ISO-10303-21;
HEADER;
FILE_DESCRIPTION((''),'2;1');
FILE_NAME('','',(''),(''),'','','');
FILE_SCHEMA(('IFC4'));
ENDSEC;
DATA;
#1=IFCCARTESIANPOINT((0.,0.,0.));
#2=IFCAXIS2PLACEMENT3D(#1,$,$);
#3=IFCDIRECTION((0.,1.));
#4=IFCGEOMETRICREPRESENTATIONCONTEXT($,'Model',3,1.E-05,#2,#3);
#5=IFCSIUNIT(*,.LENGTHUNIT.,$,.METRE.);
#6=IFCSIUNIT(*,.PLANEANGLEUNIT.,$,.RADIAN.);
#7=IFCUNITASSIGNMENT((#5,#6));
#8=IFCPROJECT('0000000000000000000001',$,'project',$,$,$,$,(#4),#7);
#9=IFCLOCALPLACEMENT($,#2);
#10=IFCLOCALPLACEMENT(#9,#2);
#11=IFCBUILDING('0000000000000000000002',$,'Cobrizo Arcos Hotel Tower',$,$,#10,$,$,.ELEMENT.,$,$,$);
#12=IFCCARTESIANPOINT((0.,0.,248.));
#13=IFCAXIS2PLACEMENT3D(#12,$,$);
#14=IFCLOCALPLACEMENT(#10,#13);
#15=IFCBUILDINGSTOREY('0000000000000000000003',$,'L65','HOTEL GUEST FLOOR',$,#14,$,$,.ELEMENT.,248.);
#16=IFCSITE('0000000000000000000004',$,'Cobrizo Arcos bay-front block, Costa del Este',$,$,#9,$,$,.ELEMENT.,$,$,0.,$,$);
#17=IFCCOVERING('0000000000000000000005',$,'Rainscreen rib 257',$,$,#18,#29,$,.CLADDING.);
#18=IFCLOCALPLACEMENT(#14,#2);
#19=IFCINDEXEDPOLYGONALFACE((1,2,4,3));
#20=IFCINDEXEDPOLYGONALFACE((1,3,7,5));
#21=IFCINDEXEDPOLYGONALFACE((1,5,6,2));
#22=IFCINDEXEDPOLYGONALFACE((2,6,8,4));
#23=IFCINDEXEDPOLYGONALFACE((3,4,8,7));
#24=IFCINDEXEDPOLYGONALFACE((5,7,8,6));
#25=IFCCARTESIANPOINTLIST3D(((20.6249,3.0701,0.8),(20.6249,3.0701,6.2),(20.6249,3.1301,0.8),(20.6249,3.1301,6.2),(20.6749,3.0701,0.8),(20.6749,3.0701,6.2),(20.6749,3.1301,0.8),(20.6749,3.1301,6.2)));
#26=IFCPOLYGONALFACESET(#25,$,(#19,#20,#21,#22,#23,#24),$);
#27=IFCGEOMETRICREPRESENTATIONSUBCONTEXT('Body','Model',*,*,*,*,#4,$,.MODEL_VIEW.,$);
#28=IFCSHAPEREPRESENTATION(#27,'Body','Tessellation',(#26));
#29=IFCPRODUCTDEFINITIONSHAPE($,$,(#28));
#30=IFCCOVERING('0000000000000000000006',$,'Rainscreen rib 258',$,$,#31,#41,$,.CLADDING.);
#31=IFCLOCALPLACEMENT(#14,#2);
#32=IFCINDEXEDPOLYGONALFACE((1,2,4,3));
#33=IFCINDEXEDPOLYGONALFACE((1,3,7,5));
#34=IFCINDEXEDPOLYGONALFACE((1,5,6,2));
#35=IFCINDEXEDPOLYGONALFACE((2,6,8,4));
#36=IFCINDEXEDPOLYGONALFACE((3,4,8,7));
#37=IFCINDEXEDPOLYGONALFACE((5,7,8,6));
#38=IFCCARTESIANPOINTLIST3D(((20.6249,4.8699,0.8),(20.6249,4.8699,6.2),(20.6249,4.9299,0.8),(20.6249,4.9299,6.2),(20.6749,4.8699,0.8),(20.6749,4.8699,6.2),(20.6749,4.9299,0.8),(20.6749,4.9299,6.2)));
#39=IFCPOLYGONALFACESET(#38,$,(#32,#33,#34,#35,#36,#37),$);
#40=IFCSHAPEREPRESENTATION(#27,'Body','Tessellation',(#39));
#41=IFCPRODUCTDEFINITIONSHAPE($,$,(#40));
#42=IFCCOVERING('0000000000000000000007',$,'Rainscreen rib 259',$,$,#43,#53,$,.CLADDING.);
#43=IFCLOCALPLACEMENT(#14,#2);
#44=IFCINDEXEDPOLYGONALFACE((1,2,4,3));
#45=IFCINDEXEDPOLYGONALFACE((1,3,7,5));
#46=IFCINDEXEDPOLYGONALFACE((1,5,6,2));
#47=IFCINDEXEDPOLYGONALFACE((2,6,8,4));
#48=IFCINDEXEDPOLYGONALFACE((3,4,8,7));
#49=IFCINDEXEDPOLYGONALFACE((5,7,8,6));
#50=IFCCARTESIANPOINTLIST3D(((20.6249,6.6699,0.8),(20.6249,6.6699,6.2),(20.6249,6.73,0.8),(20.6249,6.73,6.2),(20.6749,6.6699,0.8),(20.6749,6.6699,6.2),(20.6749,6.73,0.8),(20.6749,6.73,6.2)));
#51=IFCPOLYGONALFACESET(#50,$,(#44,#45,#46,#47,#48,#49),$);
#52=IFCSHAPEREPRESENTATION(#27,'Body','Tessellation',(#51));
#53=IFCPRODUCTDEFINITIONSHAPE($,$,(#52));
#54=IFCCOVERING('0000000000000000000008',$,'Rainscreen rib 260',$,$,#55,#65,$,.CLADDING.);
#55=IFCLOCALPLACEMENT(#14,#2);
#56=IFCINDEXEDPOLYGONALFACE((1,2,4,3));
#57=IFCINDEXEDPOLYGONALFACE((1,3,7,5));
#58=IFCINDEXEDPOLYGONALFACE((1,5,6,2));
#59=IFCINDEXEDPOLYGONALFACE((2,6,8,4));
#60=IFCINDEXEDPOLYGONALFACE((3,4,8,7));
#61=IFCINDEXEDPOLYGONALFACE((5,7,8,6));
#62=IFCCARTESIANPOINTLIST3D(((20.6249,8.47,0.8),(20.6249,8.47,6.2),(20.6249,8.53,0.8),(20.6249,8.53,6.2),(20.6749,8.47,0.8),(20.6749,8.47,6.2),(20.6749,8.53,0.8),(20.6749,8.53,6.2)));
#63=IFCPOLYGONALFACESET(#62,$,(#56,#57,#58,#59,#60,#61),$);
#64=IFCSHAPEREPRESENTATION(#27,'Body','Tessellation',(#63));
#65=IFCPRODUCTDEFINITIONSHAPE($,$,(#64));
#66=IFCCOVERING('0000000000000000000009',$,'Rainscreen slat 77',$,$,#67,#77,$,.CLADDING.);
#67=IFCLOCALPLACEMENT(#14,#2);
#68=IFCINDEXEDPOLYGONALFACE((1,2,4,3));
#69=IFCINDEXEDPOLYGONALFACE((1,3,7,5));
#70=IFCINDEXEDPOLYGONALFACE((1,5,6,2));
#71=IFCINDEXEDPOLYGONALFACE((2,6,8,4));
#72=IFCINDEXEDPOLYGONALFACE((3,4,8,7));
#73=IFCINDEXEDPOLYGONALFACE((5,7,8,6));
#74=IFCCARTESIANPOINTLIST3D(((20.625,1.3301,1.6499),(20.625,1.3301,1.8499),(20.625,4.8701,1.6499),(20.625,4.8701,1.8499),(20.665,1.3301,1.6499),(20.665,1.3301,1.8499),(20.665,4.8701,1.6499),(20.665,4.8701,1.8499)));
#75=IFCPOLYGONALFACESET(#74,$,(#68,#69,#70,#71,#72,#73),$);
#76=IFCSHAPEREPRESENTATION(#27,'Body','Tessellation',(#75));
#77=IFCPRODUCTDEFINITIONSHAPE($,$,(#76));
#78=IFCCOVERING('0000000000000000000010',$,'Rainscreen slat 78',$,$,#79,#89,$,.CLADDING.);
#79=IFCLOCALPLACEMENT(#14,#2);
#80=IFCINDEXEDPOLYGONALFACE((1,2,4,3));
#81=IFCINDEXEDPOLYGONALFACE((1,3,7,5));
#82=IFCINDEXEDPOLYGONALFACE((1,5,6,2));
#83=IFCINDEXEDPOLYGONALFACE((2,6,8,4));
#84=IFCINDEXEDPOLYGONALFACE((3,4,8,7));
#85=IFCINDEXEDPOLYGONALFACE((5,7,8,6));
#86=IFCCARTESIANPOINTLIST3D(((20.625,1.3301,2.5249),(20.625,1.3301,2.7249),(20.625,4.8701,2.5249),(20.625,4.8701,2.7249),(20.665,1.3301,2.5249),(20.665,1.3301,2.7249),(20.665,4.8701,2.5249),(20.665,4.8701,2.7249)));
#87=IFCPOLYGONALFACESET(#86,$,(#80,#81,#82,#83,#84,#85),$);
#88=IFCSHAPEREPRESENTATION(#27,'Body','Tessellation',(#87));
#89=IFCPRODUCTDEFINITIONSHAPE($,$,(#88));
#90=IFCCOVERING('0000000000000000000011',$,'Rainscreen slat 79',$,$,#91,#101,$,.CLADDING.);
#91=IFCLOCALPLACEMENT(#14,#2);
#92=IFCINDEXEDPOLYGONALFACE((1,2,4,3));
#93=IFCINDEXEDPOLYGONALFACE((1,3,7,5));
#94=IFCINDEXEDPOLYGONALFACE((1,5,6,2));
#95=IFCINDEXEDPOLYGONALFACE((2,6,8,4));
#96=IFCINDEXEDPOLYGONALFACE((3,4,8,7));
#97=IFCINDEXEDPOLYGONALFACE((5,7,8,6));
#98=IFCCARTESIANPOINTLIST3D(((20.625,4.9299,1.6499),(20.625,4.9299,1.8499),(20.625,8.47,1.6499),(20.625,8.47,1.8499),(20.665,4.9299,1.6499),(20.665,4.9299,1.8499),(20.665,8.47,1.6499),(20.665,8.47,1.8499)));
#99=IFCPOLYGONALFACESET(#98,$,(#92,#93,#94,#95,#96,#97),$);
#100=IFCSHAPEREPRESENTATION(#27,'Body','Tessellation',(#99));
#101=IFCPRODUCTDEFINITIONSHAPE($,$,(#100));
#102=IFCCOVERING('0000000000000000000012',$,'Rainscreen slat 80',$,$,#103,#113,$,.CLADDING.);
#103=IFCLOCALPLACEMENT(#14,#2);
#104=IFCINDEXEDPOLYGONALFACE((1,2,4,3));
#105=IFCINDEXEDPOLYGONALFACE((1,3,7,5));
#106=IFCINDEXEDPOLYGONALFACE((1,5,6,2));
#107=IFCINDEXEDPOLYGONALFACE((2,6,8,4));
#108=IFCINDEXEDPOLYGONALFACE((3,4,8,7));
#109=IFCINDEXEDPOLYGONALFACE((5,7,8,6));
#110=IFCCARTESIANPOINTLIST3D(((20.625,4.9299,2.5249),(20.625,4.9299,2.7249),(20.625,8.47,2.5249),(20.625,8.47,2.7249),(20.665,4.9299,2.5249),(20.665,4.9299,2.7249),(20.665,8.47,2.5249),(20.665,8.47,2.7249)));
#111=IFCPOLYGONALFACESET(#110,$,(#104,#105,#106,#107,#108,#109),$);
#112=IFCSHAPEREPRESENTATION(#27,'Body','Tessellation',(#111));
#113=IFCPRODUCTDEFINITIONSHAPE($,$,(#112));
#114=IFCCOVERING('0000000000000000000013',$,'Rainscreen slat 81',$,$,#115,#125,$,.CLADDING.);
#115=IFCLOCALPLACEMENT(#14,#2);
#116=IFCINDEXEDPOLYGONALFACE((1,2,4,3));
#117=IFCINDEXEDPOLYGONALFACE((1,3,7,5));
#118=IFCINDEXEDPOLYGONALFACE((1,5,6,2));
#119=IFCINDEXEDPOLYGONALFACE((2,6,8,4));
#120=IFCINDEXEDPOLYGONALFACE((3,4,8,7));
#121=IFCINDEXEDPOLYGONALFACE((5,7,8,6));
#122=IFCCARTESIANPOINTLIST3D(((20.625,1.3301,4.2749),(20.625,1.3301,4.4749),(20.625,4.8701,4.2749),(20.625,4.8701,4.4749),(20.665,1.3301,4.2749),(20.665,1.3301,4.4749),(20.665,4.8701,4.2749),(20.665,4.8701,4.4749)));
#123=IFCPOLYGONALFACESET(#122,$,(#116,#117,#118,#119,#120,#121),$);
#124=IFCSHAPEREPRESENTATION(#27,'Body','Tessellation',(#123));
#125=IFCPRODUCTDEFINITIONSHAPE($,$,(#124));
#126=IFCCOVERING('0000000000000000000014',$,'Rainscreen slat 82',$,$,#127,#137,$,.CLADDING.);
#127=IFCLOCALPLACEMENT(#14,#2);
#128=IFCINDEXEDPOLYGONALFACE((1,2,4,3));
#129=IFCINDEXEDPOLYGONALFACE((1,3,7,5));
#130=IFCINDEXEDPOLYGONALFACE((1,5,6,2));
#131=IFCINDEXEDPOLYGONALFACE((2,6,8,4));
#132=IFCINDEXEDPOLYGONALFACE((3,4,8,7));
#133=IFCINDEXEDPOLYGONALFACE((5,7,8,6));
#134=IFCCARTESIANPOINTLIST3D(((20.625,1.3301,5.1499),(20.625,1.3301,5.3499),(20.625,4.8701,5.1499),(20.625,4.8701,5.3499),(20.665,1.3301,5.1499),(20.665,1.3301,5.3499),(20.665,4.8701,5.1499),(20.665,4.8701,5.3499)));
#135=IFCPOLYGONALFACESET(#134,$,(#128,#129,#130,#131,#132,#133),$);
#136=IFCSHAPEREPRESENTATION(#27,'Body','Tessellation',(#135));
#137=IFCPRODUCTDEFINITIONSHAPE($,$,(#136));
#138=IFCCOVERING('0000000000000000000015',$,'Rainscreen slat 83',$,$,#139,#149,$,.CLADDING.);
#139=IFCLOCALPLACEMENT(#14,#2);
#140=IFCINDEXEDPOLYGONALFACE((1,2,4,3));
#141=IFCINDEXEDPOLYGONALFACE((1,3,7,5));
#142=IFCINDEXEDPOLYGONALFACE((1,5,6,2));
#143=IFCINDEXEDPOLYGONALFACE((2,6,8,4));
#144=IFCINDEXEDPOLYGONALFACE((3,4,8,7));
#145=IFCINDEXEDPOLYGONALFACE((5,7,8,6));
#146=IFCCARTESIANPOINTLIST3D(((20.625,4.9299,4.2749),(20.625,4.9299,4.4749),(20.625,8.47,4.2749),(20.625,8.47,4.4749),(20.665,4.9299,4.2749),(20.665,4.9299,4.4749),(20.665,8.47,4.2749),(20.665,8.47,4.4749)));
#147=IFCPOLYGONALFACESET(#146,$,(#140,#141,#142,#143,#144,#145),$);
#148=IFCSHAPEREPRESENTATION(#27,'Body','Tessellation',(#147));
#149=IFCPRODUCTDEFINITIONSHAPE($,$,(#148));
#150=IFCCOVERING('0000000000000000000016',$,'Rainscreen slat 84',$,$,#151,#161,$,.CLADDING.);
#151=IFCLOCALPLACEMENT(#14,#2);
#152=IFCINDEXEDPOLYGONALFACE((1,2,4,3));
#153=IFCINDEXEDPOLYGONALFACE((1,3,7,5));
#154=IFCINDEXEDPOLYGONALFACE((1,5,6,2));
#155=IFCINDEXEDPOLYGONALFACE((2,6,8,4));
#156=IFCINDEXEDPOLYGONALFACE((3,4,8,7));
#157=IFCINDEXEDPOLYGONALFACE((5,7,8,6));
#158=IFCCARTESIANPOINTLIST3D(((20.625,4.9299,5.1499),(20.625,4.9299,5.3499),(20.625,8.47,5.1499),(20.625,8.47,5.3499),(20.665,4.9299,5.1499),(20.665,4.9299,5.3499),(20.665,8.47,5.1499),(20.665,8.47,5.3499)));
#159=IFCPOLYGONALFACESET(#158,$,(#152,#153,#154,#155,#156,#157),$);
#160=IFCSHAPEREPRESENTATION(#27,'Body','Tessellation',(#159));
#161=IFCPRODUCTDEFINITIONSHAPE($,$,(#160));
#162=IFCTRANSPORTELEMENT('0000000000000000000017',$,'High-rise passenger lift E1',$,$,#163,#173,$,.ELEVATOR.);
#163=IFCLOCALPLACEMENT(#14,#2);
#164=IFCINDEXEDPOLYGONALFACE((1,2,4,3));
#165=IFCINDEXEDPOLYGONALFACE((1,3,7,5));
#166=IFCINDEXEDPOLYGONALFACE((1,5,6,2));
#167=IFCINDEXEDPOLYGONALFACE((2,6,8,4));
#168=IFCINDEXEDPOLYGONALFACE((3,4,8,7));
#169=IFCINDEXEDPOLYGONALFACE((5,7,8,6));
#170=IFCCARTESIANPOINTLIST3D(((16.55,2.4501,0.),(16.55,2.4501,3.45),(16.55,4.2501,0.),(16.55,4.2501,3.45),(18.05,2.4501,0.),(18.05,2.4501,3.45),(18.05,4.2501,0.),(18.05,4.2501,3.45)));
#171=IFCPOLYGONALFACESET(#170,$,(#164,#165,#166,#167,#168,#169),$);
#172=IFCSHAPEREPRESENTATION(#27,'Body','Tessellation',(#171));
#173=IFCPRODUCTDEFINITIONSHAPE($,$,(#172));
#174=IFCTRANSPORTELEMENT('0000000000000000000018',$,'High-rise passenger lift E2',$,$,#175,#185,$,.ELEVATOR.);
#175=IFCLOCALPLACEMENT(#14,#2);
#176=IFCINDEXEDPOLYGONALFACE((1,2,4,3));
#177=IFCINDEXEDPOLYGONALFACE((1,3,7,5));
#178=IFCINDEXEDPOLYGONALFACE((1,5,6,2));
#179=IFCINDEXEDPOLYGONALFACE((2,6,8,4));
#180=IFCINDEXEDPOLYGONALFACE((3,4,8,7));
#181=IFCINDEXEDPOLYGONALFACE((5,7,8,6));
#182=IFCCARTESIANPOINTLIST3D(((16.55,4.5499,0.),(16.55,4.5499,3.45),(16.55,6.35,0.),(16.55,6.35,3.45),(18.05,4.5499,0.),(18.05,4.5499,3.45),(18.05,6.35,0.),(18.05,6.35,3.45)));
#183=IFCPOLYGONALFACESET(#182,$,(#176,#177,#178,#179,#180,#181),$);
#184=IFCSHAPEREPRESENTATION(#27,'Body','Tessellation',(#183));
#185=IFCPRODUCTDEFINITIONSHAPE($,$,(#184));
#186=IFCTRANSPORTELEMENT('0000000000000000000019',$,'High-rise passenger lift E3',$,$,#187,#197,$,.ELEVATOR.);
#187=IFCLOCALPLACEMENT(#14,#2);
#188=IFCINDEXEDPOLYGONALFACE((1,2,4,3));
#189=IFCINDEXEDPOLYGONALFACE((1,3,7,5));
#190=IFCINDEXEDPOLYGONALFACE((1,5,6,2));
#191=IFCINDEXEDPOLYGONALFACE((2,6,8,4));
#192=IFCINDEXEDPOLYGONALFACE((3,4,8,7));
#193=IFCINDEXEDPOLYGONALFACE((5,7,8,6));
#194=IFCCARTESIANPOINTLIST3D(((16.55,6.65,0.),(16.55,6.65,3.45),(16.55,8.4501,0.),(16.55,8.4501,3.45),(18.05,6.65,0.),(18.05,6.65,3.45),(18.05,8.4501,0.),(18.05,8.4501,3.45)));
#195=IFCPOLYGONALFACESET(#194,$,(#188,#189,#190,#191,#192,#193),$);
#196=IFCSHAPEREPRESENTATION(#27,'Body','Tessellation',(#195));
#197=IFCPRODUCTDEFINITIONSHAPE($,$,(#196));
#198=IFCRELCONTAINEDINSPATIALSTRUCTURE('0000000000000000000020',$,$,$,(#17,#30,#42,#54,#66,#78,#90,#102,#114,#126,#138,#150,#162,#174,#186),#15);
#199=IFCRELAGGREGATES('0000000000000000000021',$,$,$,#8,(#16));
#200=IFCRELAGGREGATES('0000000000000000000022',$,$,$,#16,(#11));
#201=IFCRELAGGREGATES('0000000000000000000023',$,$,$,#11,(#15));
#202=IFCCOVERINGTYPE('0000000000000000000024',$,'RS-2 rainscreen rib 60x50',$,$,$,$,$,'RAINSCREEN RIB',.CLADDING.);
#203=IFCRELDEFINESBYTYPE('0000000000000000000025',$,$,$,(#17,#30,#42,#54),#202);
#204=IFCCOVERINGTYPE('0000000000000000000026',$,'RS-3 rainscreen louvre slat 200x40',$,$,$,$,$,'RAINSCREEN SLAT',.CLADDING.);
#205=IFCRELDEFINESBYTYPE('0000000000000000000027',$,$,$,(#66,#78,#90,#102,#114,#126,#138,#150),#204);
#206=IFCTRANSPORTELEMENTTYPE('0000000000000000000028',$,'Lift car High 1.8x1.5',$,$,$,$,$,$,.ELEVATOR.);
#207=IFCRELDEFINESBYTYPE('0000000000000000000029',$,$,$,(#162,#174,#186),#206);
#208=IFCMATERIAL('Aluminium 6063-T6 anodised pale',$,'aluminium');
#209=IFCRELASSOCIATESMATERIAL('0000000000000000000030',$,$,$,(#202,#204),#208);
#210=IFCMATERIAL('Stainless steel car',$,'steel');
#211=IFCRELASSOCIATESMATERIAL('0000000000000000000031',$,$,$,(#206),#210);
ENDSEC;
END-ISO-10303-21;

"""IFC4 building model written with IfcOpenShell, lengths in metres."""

from ifc_helpers import new_model, si_unit, direction, frame, origin, origin_2d, place, context, subcontext, project, spatial, rectangle, extrude, material, type_object, element, save


model = new_model("IFC4")

# Units and contexts
model_context = context("Model", 3, precision=1e-05, world=origin(), true_north=direction((0.0, 1.0)))
body_context = subcontext(model_context, "Body", "Model", "MODEL_VIEW")
ifc_project = project(units=[si_unit("LENGTHUNIT", "METRE"), si_unit("PLANEANGLEUNIT", "RADIAN")], contexts=[model_context])

# Site, building, storey
site_placement = place(None, origin())
site = spatial("IfcSite", under=ifc_project, at=site_placement, Name="Cobrizo Arcos bay-front block, Costa del Este", CompositionType="ELEMENT", RefElevation=0.0)
building_placement = place(site_placement, origin())
building = spatial("IfcBuilding", under=site, at=building_placement, Name="Cobrizo Arcos Hotel Tower", CompositionType="ELEMENT")
storey_placement = place(building_placement, frame((0.0, 0.0, 248.0)))
storey = spatial("IfcBuildingStorey", under=building, at=storey_placement, Name="L65", Description="HOTEL GUEST FLOOR", CompositionType="ELEMENT", Elevation=248.0)

# Coverings
ifc_material_1 = material(Name="Aluminium 6063-T6 anodised pale", Category="aluminium")
covering_type_1 = type_object("IfcCoveringType", Name="RS-2 rainscreen rib 60x50", ElementType="RAINSCREEN RIB", PredefinedType="CLADDING", material=ifc_material_1)
for number, where, z_axis, x_axis, name in (
    (1, (20.6499, 3.1001, 0.8), (0.0, 0.0, 1.0), (0.0, 1.0, 0.0), "Rainscreen rib 257"),
    (2, (20.6499, 4.8999, 0.8), (0.0, 0.0, 1.0), (0.0, 1.0, 0.0), "Rainscreen rib 258"),
    (3, (20.6499, 6.7, 0.8), (0.0, 0.0, 1.0), (0.0, 1.0, 0.0), "Rainscreen rib 259"),
    (4, (20.6499, 8.5, 0.8), (0.0, 0.0, 1.0), (0.0, 1.0, 0.0), "Rainscreen rib 260"),
):
    element("IfcCovering", number, at=place(storey_placement, frame(where, z_axis=z_axis, x_axis=x_axis)), inside=storey, type_object=covering_type_1, Name=name, PredefinedType="CLADDING", context=body_context, shape_type="SweptSolid", body=[
        extrude(rectangle(XDim=0.0601, YDim=0.05, at=origin_2d()), origin(), (0.0, 0.0, 1.0), 5.3999),
    ])
covering_type_2 = type_object("IfcCoveringType", Name="RS-3 rainscreen louvre slat 200x40", ElementType="RAINSCREEN SLAT", PredefinedType="CLADDING", material=ifc_material_1)
for number, where, z_axis, x_axis, name in (
    (5, (20.645, 3.1001, 1.6499), (0.0, 0.0, 1.0), (0.0, 1.0, 0.0), "Rainscreen slat 77"),
    (6, (20.645, 3.1001, 2.5249), (0.0, 0.0, 1.0), (0.0, 1.0, 0.0), "Rainscreen slat 78"),
    (7, (20.645, 6.7, 1.6499), (0.0, 0.0, 1.0), (0.0, 1.0, 0.0), "Rainscreen slat 79"),
    (8, (20.645, 6.7, 2.5249), (0.0, 0.0, 1.0), (0.0, 1.0, 0.0), "Rainscreen slat 80"),
    (9, (20.645, 3.1001, 4.2749), (0.0, 0.0, 1.0), (0.0, 1.0, 0.0), "Rainscreen slat 81"),
    (10, (20.645, 3.1001, 5.1499), (0.0, 0.0, 1.0), (0.0, 1.0, 0.0), "Rainscreen slat 82"),
    (11, (20.645, 6.7, 4.2749), (0.0, 0.0, 1.0), (0.0, 1.0, 0.0), "Rainscreen slat 83"),
    (12, (20.645, 6.7, 5.1499), (0.0, 0.0, 1.0), (0.0, 1.0, 0.0), "Rainscreen slat 84"),
):
    element("IfcCovering", number, at=place(storey_placement, frame(where, z_axis=z_axis, x_axis=x_axis)), inside=storey, type_object=covering_type_2, Name=name, PredefinedType="CLADDING", context=body_context, shape_type="SweptSolid", body=[
        extrude(rectangle(XDim=3.54, YDim=0.04, at=origin_2d()), origin(), (0.0, 0.0, 1.0), 0.2),
    ])

# Transport elements
ifc_material_2 = material(Name="Stainless steel car", Category="steel")
transport_element_type = type_object("IfcTransportElementType", Name="Lift car High 1.8x1.5", PredefinedType="ELEVATOR", material=ifc_material_2)
for number, where, z_axis, x_axis, name in (
    (13, (17.3, 3.3501, 0.0), (0.0, 0.0, 1.0), (1.0, 0.0, 0.0), "High-rise passenger lift E1"),
    (14, (17.3, 5.45, 0.0), (0.0, 0.0, 1.0), (1.0, 0.0, 0.0), "High-rise passenger lift E2"),
    (15, (17.3, 7.55, 0.0), (0.0, 0.0, 1.0), (1.0, 0.0, 0.0), "High-rise passenger lift E3"),
):
    element("IfcTransportElement", number, at=place(storey_placement, frame(where, z_axis=z_axis, x_axis=x_axis)), inside=storey, type_object=transport_element_type, Name=name, PredefinedType="ELEVATOR", context=body_context, shape_type="SweptSolid", body=[
        extrude(rectangle(XDim=1.5, YDim=1.8, at=origin_2d()), origin(), (0.0, 0.0, 1.0), 3.45),
    ])

save(model, "model.ifc")
